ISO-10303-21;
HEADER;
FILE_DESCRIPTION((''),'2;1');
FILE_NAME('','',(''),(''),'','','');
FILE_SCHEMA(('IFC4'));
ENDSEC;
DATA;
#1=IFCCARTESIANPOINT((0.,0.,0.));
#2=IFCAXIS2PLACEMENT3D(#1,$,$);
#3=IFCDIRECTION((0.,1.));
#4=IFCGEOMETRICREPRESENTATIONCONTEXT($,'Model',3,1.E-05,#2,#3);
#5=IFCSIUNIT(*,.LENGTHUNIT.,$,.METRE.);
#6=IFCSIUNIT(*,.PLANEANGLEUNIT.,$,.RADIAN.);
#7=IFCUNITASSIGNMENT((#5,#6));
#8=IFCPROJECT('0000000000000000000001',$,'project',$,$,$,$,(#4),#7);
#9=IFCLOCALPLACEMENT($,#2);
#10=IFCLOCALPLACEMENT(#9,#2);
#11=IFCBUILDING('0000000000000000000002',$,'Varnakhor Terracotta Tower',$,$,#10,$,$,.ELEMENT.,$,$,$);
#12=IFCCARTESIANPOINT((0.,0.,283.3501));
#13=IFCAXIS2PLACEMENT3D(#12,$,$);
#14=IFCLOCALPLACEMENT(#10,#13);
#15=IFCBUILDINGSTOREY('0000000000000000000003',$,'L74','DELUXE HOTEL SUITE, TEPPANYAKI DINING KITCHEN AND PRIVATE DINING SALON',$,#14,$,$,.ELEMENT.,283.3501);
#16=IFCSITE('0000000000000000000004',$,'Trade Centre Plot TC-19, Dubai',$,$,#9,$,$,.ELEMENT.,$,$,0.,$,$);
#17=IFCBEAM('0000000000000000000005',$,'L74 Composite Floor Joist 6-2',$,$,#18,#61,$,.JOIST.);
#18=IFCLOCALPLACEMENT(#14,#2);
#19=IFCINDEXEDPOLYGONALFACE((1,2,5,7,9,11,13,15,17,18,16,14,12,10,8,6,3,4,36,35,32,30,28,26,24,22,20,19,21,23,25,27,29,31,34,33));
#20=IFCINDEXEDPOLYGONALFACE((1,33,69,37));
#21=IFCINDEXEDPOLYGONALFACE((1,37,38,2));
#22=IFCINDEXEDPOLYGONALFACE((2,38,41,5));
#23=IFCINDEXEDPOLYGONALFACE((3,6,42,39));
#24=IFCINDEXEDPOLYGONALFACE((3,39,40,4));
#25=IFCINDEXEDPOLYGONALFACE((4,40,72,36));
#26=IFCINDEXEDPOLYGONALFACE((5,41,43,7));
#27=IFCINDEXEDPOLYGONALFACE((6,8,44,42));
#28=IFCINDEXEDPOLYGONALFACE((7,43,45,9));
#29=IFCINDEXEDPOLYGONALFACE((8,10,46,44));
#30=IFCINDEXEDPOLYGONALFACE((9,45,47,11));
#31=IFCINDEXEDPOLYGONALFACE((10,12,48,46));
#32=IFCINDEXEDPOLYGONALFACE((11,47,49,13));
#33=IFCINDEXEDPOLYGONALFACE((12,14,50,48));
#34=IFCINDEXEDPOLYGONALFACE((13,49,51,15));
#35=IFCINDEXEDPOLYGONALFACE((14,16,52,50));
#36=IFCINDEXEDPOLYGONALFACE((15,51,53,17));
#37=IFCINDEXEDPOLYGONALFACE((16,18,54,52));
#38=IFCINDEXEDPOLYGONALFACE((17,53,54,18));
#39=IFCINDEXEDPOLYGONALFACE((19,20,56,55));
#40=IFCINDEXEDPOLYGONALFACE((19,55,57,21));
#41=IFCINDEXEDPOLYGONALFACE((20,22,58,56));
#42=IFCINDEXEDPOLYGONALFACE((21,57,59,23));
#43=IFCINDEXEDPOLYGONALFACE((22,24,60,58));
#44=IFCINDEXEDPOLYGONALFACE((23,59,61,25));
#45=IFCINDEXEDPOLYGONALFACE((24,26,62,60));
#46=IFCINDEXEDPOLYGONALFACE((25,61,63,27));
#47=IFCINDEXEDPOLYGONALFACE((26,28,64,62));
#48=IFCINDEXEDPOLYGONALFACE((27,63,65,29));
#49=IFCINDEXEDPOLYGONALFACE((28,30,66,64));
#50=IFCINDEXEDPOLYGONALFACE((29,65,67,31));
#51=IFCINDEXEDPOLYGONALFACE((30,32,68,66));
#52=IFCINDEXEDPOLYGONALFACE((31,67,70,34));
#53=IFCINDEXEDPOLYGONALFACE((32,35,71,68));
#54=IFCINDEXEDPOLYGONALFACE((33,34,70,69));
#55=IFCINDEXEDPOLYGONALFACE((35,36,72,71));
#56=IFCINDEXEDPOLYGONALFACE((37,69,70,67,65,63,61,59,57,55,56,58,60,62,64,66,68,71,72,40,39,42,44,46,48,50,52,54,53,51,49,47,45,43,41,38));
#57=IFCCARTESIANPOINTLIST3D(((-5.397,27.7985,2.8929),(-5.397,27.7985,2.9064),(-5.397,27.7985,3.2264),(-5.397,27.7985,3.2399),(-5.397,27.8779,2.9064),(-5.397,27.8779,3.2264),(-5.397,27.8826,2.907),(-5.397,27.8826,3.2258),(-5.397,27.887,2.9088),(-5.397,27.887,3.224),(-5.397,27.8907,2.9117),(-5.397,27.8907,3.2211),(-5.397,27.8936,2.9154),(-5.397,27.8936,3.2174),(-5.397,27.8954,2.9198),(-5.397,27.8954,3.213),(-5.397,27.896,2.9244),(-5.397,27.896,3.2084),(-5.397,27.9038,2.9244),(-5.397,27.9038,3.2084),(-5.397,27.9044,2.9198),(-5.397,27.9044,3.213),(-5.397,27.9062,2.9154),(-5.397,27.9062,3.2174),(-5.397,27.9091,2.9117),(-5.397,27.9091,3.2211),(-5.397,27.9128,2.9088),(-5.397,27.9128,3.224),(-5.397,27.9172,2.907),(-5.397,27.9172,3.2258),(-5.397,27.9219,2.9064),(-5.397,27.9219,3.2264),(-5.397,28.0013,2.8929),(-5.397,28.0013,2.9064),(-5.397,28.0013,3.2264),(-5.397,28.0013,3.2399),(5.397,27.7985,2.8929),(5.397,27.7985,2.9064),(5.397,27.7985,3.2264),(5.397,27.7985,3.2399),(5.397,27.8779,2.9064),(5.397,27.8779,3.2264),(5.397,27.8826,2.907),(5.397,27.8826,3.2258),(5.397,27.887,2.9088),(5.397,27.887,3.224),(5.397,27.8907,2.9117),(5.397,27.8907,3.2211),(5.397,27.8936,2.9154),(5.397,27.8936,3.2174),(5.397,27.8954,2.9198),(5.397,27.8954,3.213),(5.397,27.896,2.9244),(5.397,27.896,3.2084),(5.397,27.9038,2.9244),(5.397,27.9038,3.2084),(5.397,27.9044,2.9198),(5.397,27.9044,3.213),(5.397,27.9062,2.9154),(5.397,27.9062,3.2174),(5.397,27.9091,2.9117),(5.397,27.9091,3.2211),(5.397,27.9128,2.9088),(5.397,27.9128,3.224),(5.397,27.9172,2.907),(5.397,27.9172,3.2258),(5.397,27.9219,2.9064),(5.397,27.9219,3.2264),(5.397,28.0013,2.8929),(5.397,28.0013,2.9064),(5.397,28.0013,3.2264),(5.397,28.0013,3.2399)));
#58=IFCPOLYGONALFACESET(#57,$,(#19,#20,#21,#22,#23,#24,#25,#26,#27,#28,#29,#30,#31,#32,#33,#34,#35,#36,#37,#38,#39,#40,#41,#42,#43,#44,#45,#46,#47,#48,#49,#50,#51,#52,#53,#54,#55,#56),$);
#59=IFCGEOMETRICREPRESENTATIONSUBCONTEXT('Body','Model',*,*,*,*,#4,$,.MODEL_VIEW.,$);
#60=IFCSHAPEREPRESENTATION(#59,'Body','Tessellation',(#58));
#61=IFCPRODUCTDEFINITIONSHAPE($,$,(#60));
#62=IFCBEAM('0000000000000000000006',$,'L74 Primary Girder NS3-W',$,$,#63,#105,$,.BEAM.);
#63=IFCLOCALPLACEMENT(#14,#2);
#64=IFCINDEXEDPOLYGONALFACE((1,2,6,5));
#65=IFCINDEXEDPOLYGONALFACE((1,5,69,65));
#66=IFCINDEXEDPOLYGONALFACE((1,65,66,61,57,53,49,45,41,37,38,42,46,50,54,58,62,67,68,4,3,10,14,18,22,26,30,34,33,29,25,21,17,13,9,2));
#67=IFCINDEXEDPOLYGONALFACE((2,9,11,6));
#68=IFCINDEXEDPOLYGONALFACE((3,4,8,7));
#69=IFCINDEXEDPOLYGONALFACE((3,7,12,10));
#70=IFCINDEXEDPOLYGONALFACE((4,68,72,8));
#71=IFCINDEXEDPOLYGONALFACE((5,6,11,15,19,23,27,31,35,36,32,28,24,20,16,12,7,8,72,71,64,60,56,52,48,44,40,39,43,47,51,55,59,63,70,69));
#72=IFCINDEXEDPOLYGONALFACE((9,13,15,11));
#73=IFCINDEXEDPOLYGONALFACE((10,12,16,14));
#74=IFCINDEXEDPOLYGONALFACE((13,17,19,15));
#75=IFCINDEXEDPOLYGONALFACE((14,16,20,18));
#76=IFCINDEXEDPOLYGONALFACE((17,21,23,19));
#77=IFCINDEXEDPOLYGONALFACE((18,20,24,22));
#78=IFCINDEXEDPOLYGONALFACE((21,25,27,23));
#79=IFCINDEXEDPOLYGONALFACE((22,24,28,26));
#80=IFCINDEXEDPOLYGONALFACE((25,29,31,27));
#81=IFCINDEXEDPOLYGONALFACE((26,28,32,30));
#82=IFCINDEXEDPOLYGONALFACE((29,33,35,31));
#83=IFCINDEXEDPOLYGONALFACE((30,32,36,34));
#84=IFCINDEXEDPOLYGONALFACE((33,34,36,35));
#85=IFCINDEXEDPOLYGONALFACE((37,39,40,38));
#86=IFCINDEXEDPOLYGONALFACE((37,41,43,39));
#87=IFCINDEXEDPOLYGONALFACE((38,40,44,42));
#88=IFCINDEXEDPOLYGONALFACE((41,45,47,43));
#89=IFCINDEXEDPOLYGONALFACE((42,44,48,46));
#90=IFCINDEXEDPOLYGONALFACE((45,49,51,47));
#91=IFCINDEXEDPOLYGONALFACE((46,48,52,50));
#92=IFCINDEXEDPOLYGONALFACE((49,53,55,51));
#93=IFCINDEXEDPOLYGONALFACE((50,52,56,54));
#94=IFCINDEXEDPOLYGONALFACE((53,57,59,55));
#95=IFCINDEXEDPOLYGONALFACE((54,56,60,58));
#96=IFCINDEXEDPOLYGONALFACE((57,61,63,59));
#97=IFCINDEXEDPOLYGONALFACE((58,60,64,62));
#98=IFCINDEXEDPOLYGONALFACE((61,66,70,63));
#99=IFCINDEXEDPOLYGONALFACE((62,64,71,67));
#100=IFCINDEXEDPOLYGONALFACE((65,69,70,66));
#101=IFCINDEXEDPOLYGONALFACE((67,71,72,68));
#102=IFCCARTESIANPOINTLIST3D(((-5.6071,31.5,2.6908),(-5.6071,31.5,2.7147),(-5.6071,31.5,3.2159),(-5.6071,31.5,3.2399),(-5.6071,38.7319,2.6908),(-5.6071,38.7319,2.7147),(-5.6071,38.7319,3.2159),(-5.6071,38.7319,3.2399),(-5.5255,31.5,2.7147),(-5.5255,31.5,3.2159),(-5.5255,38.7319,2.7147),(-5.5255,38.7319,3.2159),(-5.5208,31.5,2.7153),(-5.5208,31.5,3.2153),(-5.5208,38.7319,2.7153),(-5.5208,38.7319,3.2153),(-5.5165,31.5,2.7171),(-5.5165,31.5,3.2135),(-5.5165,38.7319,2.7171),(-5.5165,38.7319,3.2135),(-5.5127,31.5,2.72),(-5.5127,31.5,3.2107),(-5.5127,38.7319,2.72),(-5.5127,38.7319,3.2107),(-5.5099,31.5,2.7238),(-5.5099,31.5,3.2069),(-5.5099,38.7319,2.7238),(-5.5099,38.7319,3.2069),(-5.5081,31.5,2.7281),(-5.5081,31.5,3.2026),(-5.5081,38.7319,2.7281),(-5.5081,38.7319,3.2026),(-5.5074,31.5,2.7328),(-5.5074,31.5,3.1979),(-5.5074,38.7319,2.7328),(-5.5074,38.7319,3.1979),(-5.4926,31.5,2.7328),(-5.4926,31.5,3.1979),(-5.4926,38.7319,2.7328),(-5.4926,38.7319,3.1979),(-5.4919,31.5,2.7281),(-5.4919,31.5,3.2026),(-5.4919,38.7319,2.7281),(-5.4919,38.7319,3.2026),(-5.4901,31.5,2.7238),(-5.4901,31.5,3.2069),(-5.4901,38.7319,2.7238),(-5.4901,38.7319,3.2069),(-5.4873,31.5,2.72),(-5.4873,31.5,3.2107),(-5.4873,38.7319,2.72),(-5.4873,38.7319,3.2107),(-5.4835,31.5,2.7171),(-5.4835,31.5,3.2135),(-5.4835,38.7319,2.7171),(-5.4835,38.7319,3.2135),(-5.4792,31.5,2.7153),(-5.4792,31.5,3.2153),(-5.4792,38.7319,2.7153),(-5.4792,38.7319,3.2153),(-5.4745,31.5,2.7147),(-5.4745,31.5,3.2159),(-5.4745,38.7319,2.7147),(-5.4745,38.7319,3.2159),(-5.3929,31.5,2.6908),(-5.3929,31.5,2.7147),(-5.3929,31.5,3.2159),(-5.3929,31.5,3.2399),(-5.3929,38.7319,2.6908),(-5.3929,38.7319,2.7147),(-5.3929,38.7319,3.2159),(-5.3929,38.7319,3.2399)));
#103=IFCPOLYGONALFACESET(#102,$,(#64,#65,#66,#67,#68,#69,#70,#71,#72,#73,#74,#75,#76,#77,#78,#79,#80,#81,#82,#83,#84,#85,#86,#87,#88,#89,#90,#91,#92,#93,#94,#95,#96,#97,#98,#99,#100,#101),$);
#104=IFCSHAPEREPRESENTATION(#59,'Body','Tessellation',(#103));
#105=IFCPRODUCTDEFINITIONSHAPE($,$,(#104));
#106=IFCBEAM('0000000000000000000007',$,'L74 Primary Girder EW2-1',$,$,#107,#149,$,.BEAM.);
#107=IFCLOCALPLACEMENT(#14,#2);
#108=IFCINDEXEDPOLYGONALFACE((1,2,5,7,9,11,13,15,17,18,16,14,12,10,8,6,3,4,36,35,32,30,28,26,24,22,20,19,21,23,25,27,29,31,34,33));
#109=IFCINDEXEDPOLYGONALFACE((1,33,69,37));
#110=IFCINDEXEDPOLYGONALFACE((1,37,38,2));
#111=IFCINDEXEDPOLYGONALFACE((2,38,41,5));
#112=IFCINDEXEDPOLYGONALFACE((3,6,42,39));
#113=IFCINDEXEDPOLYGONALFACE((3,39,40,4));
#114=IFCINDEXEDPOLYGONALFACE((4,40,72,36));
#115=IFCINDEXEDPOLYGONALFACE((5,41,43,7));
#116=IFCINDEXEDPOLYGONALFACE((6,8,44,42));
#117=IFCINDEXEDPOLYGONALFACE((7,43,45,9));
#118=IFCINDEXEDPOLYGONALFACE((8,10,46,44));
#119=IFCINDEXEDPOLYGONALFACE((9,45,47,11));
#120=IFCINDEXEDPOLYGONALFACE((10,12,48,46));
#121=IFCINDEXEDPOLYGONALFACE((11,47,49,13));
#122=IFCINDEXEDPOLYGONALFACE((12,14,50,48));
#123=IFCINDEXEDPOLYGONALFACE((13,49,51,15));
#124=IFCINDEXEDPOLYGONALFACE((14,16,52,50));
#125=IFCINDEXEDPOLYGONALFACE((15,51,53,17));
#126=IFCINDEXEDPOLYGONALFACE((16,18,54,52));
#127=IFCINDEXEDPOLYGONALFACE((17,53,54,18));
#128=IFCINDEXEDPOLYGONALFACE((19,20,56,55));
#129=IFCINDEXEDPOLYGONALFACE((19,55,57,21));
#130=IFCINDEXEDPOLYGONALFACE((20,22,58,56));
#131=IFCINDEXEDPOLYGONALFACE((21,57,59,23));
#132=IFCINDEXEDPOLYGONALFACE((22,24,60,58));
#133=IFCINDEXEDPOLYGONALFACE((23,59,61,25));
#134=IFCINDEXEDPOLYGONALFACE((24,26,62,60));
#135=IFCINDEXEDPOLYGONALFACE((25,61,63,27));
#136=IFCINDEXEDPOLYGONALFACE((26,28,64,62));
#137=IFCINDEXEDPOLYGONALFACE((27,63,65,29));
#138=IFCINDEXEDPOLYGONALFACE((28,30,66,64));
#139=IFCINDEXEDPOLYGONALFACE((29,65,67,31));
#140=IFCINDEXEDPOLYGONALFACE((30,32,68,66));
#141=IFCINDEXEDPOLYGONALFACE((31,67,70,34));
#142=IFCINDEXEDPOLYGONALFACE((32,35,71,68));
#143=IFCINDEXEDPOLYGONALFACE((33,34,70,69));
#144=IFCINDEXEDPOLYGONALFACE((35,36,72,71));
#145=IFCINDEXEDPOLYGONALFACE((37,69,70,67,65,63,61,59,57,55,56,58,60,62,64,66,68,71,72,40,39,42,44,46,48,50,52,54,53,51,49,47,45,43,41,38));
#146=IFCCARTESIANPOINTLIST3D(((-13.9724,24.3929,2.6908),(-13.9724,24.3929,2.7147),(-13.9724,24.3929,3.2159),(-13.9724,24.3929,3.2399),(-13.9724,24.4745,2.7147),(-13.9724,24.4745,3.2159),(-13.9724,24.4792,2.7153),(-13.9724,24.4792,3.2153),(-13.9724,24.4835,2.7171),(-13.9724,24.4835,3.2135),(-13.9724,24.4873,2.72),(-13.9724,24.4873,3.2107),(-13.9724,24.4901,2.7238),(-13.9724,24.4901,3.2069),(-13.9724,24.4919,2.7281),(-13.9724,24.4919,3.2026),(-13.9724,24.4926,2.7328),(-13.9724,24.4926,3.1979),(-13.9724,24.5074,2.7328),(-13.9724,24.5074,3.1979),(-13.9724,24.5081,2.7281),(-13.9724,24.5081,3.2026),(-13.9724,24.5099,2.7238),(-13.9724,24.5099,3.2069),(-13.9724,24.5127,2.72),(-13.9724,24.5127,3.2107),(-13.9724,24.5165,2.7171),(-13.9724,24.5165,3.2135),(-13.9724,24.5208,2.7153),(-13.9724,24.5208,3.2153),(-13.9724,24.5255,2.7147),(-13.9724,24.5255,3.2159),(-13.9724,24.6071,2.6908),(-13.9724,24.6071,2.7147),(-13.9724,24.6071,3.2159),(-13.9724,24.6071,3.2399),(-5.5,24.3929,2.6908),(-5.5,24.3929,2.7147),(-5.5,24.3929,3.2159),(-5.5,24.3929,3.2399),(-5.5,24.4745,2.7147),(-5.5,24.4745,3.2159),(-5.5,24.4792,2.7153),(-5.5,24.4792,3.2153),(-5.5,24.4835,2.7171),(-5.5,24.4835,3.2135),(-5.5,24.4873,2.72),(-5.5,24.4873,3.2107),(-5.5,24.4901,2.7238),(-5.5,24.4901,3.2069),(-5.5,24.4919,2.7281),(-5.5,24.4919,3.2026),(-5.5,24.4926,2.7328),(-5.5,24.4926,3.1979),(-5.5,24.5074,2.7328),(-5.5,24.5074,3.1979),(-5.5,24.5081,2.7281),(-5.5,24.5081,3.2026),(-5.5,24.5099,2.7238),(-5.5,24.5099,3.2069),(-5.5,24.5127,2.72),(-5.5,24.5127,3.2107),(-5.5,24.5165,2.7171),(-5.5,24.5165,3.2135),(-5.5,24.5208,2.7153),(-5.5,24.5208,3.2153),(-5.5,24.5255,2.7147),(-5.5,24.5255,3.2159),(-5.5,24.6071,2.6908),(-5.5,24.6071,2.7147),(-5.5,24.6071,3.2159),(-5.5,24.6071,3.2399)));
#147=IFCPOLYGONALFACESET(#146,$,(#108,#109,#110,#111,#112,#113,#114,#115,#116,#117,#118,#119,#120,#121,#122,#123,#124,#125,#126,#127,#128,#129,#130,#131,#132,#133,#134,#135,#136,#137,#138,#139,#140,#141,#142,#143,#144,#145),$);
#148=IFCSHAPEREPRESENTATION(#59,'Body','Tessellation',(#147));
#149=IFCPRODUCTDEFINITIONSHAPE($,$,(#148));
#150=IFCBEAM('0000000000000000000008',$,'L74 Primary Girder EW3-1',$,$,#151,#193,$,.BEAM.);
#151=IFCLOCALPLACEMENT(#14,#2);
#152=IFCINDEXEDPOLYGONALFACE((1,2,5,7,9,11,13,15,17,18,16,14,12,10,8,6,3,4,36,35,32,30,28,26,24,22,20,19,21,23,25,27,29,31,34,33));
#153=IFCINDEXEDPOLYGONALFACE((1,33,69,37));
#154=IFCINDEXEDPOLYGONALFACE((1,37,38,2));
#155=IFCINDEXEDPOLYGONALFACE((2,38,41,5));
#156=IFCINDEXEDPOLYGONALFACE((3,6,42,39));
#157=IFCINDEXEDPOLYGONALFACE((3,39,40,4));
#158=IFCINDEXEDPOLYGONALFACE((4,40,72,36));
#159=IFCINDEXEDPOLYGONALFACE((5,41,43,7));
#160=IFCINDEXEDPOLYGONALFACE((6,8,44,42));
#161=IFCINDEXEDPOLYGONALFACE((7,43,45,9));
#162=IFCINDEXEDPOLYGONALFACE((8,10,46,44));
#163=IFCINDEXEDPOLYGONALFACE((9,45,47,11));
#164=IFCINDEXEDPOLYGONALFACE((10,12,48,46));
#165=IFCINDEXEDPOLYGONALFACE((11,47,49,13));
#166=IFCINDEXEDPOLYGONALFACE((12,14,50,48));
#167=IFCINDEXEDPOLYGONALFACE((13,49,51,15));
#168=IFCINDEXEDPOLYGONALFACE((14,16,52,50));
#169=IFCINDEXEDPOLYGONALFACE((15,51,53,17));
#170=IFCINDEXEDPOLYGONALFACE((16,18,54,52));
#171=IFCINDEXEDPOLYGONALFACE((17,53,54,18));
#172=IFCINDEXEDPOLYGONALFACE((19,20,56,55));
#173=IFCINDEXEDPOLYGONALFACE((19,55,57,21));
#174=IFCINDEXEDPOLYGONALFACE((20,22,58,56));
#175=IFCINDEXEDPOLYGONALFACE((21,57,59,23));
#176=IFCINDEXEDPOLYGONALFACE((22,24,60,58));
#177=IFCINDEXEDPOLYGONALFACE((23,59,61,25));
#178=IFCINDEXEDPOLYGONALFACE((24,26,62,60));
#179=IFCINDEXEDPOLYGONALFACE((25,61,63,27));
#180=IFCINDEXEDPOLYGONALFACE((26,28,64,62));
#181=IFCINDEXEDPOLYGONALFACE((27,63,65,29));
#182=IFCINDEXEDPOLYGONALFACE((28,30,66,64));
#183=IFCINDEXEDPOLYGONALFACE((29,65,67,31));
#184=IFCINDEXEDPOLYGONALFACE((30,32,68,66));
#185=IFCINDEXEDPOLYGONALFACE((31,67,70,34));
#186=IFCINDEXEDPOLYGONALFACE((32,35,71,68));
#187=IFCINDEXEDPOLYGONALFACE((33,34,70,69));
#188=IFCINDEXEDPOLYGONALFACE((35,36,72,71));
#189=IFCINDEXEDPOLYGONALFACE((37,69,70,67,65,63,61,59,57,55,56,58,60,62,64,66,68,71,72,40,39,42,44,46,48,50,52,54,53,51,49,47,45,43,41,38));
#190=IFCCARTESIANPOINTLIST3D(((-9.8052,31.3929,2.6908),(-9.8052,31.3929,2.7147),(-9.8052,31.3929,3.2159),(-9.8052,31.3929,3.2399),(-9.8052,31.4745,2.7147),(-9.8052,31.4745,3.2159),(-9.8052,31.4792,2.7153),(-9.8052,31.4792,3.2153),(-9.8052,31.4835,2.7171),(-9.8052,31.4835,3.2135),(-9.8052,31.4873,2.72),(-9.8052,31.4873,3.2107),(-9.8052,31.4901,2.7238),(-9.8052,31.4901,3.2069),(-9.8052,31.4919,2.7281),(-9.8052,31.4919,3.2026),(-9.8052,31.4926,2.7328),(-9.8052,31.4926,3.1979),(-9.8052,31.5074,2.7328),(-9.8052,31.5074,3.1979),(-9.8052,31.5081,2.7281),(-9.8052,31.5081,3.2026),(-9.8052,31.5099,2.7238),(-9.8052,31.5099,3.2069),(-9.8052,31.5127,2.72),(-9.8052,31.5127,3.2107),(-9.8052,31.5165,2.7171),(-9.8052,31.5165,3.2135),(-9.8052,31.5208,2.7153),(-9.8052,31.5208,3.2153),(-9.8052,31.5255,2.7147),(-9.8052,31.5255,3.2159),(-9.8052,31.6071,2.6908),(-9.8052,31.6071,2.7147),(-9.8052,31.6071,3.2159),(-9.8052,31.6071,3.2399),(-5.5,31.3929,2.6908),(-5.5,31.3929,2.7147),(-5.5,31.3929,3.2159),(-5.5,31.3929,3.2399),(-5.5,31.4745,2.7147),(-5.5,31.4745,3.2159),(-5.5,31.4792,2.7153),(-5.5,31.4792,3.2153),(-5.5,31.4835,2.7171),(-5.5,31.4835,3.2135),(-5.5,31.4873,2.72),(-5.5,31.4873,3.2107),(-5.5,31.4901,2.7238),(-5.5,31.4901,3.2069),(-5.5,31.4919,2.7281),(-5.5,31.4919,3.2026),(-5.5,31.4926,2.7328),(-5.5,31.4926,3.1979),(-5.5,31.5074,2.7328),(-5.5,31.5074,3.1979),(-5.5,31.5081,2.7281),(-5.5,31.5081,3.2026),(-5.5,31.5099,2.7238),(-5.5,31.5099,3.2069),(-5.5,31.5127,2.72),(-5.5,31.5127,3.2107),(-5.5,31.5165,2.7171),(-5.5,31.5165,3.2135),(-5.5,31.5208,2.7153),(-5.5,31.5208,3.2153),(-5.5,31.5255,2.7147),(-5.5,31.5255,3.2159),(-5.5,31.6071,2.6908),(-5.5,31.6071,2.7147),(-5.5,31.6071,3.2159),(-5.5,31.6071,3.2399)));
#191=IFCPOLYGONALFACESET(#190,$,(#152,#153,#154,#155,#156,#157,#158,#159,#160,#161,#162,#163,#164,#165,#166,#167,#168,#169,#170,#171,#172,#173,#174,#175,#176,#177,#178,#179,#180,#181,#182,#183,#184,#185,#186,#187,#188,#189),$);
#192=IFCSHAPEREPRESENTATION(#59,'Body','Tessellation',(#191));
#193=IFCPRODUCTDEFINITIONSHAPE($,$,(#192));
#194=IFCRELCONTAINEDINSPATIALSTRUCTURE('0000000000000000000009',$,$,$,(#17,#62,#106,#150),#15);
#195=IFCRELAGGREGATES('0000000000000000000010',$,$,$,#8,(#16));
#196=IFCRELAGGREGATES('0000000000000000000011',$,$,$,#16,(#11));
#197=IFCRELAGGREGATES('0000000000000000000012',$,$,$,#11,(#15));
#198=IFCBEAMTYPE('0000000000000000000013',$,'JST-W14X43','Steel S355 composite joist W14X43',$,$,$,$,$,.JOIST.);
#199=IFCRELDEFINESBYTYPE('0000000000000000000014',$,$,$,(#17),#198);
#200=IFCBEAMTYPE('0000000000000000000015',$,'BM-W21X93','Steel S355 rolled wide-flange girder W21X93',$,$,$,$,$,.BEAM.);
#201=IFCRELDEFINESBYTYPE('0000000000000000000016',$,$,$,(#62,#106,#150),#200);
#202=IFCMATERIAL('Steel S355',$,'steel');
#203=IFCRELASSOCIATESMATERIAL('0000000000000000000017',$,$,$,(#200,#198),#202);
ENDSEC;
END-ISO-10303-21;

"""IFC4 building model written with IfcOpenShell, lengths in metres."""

from ifc_helpers import new_model, si_unit, direction, frame, origin, origin_2d, place, context, subcontext, project, spatial, i_section, extrude, source, transform, mapped, material, material_profile, profile_set, type_object, element, save


model = new_model("IFC4")

# Units and contexts
model_context = context("Model", 3, precision=1e-05, world=origin(), true_north=direction((0.0, 1.0)))
body_context = subcontext(model_context, "Body", "Model", "MODEL_VIEW")
ifc_project = project(units=[si_unit("LENGTHUNIT", "METRE"), si_unit("PLANEANGLEUNIT", "RADIAN")], contexts=[model_context])

# Site, building, storey
site_placement = place(None, origin())
site = spatial("IfcSite", under=ifc_project, at=site_placement, Name="Trade Centre Plot TC-19, Dubai", CompositionType="ELEMENT", RefElevation=0.0)
building_placement = place(site_placement, origin())
building = spatial("IfcBuilding", under=site, at=building_placement, Name="Varnakhor Terracotta Tower", CompositionType="ELEMENT")
storey_placement = place(building_placement, frame((0.0, 0.0, 283.3501)))
storey = spatial("IfcBuildingStorey", under=building, at=storey_placement, Name="L74", Description="DELUXE HOTEL SUITE, TEPPANYAKI DINING KITCHEN AND PRIVATE DINING SALON", CompositionType="ELEMENT", Elevation=283.3501)

# Beams
ifc_material_1 = material(Name="Steel S355", Category="steel")
ifc_material_profile_1 = material_profile(ifc_material_1, i_section(OverallWidth=0.2141, OverallDepth=0.5491, WebThickness=0.0149, FlangeThickness=0.0239, FilletRadius=0.0181, at=origin_2d()), Name="W21X93")
ifc_profile_set_1 = profile_set([ifc_material_profile_1], Name="Steel S355")
beam_type_1 = type_object("IfcBeamType", Name="BM-W21X93", Description="Steel S355 rolled wide-flange girder W21X93", PredefinedType="BEAM", material=ifc_profile_set_1)
ifc_material_profile_2 = material_profile(ifc_material_1, i_section(OverallWidth=0.2029, OverallDepth=0.3469, WebThickness=0.0078, FlangeThickness=0.0134, FilletRadius=0.0181, at=origin_2d()), Name="W14X43")
ifc_profile_set_2 = profile_set([ifc_material_profile_2], Name="Steel S355")
beam_type_2 = type_object("IfcBeamType", Name="JST-W14X43", Description="Steel S355 composite joist W14X43", PredefinedType="JOIST", material=ifc_profile_set_2)
shared_shape_1 = source(origin(), body_context, "Body", "SweptSolid", [
    extrude(i_section(OverallWidth=0.2029, OverallDepth=0.3469, WebThickness=0.0078, FlangeThickness=0.0134, FilletRadius=0.0181, at=origin_2d()), origin(), (0.0, 0.0, 1.0), 10.7939),
])
beam_1_placement = place(storey_placement, frame((-5.397, 27.8999, 3.0664), z_axis=(1.0, 0.0, 0.0), x_axis=(0.0, 1.0, 0.0)))
element("IfcBeam", 1, at=beam_1_placement, inside=storey, type_object=beam_type_2, Name="L74 Composite Floor Joist 6-2", PredefinedType="JOIST", context=body_context, shape_type="MappedRepresentation", body=[
    mapped(shared_shape_1, transform((0.0, 0.0, 0.0), scale=1.0)),
])
shared_shape_2 = source(origin(), body_context, "Body", "SweptSolid", [
    extrude(i_section(OverallWidth=0.2141, OverallDepth=0.5491, WebThickness=0.0149, FlangeThickness=0.0239, FilletRadius=0.0181, at=origin_2d()), origin(), (0.0, 0.0, 1.0), 7.2319),
])
beam_2_placement = place(storey_placement, frame((-5.5, 31.5, 2.9653), z_axis=(0.0, 1.0, 0.0), x_axis=(-1.0, 0.0, 0.0)))
element("IfcBeam", 2, at=beam_2_placement, inside=storey, type_object=beam_type_1, Name="L74 Primary Girder NS3-W", PredefinedType="BEAM", context=body_context, shape_type="MappedRepresentation", body=[
    mapped(shared_shape_2, transform((0.0, 0.0, 0.0), scale=1.0)),
])
shared_shape_3 = source(origin(), body_context, "Body", "SweptSolid", [
    extrude(i_section(OverallWidth=0.2141, OverallDepth=0.5491, WebThickness=0.0149, FlangeThickness=0.0239, FilletRadius=0.0181, at=origin_2d()), origin(), (0.0, 0.0, 1.0), 8.4724),
])
beam_3_placement = place(storey_placement, frame((-13.9724, 24.5, 2.9653), z_axis=(1.0, 0.0, 0.0), x_axis=(0.0, 1.0, 0.0)))
element("IfcBeam", 3, at=beam_3_placement, inside=storey, type_object=beam_type_1, Name="L74 Primary Girder EW2-1", PredefinedType="BEAM", context=body_context, shape_type="MappedRepresentation", body=[
    mapped(shared_shape_3, transform((0.0, 0.0, 0.0), scale=1.0)),
])
shared_shape_4 = source(origin(), body_context, "Body", "SweptSolid", [
    extrude(i_section(OverallWidth=0.2141, OverallDepth=0.5491, WebThickness=0.0149, FlangeThickness=0.0239, FilletRadius=0.0181, at=origin_2d()), origin(), (0.0, 0.0, 1.0), 4.3052),
])
beam_4_placement = place(storey_placement, frame((-9.8052, 31.5, 2.9653), z_axis=(1.0, 0.0, 0.0), x_axis=(0.0, 1.0, 0.0)))
element("IfcBeam", 4, at=beam_4_placement, inside=storey, type_object=beam_type_1, Name="L74 Primary Girder EW3-1", PredefinedType="BEAM", context=body_context, shape_type="MappedRepresentation", body=[
    mapped(shared_shape_4, transform((0.0, 0.0, 0.0), scale=1.0)),
])

save(model, "model.ifc")
